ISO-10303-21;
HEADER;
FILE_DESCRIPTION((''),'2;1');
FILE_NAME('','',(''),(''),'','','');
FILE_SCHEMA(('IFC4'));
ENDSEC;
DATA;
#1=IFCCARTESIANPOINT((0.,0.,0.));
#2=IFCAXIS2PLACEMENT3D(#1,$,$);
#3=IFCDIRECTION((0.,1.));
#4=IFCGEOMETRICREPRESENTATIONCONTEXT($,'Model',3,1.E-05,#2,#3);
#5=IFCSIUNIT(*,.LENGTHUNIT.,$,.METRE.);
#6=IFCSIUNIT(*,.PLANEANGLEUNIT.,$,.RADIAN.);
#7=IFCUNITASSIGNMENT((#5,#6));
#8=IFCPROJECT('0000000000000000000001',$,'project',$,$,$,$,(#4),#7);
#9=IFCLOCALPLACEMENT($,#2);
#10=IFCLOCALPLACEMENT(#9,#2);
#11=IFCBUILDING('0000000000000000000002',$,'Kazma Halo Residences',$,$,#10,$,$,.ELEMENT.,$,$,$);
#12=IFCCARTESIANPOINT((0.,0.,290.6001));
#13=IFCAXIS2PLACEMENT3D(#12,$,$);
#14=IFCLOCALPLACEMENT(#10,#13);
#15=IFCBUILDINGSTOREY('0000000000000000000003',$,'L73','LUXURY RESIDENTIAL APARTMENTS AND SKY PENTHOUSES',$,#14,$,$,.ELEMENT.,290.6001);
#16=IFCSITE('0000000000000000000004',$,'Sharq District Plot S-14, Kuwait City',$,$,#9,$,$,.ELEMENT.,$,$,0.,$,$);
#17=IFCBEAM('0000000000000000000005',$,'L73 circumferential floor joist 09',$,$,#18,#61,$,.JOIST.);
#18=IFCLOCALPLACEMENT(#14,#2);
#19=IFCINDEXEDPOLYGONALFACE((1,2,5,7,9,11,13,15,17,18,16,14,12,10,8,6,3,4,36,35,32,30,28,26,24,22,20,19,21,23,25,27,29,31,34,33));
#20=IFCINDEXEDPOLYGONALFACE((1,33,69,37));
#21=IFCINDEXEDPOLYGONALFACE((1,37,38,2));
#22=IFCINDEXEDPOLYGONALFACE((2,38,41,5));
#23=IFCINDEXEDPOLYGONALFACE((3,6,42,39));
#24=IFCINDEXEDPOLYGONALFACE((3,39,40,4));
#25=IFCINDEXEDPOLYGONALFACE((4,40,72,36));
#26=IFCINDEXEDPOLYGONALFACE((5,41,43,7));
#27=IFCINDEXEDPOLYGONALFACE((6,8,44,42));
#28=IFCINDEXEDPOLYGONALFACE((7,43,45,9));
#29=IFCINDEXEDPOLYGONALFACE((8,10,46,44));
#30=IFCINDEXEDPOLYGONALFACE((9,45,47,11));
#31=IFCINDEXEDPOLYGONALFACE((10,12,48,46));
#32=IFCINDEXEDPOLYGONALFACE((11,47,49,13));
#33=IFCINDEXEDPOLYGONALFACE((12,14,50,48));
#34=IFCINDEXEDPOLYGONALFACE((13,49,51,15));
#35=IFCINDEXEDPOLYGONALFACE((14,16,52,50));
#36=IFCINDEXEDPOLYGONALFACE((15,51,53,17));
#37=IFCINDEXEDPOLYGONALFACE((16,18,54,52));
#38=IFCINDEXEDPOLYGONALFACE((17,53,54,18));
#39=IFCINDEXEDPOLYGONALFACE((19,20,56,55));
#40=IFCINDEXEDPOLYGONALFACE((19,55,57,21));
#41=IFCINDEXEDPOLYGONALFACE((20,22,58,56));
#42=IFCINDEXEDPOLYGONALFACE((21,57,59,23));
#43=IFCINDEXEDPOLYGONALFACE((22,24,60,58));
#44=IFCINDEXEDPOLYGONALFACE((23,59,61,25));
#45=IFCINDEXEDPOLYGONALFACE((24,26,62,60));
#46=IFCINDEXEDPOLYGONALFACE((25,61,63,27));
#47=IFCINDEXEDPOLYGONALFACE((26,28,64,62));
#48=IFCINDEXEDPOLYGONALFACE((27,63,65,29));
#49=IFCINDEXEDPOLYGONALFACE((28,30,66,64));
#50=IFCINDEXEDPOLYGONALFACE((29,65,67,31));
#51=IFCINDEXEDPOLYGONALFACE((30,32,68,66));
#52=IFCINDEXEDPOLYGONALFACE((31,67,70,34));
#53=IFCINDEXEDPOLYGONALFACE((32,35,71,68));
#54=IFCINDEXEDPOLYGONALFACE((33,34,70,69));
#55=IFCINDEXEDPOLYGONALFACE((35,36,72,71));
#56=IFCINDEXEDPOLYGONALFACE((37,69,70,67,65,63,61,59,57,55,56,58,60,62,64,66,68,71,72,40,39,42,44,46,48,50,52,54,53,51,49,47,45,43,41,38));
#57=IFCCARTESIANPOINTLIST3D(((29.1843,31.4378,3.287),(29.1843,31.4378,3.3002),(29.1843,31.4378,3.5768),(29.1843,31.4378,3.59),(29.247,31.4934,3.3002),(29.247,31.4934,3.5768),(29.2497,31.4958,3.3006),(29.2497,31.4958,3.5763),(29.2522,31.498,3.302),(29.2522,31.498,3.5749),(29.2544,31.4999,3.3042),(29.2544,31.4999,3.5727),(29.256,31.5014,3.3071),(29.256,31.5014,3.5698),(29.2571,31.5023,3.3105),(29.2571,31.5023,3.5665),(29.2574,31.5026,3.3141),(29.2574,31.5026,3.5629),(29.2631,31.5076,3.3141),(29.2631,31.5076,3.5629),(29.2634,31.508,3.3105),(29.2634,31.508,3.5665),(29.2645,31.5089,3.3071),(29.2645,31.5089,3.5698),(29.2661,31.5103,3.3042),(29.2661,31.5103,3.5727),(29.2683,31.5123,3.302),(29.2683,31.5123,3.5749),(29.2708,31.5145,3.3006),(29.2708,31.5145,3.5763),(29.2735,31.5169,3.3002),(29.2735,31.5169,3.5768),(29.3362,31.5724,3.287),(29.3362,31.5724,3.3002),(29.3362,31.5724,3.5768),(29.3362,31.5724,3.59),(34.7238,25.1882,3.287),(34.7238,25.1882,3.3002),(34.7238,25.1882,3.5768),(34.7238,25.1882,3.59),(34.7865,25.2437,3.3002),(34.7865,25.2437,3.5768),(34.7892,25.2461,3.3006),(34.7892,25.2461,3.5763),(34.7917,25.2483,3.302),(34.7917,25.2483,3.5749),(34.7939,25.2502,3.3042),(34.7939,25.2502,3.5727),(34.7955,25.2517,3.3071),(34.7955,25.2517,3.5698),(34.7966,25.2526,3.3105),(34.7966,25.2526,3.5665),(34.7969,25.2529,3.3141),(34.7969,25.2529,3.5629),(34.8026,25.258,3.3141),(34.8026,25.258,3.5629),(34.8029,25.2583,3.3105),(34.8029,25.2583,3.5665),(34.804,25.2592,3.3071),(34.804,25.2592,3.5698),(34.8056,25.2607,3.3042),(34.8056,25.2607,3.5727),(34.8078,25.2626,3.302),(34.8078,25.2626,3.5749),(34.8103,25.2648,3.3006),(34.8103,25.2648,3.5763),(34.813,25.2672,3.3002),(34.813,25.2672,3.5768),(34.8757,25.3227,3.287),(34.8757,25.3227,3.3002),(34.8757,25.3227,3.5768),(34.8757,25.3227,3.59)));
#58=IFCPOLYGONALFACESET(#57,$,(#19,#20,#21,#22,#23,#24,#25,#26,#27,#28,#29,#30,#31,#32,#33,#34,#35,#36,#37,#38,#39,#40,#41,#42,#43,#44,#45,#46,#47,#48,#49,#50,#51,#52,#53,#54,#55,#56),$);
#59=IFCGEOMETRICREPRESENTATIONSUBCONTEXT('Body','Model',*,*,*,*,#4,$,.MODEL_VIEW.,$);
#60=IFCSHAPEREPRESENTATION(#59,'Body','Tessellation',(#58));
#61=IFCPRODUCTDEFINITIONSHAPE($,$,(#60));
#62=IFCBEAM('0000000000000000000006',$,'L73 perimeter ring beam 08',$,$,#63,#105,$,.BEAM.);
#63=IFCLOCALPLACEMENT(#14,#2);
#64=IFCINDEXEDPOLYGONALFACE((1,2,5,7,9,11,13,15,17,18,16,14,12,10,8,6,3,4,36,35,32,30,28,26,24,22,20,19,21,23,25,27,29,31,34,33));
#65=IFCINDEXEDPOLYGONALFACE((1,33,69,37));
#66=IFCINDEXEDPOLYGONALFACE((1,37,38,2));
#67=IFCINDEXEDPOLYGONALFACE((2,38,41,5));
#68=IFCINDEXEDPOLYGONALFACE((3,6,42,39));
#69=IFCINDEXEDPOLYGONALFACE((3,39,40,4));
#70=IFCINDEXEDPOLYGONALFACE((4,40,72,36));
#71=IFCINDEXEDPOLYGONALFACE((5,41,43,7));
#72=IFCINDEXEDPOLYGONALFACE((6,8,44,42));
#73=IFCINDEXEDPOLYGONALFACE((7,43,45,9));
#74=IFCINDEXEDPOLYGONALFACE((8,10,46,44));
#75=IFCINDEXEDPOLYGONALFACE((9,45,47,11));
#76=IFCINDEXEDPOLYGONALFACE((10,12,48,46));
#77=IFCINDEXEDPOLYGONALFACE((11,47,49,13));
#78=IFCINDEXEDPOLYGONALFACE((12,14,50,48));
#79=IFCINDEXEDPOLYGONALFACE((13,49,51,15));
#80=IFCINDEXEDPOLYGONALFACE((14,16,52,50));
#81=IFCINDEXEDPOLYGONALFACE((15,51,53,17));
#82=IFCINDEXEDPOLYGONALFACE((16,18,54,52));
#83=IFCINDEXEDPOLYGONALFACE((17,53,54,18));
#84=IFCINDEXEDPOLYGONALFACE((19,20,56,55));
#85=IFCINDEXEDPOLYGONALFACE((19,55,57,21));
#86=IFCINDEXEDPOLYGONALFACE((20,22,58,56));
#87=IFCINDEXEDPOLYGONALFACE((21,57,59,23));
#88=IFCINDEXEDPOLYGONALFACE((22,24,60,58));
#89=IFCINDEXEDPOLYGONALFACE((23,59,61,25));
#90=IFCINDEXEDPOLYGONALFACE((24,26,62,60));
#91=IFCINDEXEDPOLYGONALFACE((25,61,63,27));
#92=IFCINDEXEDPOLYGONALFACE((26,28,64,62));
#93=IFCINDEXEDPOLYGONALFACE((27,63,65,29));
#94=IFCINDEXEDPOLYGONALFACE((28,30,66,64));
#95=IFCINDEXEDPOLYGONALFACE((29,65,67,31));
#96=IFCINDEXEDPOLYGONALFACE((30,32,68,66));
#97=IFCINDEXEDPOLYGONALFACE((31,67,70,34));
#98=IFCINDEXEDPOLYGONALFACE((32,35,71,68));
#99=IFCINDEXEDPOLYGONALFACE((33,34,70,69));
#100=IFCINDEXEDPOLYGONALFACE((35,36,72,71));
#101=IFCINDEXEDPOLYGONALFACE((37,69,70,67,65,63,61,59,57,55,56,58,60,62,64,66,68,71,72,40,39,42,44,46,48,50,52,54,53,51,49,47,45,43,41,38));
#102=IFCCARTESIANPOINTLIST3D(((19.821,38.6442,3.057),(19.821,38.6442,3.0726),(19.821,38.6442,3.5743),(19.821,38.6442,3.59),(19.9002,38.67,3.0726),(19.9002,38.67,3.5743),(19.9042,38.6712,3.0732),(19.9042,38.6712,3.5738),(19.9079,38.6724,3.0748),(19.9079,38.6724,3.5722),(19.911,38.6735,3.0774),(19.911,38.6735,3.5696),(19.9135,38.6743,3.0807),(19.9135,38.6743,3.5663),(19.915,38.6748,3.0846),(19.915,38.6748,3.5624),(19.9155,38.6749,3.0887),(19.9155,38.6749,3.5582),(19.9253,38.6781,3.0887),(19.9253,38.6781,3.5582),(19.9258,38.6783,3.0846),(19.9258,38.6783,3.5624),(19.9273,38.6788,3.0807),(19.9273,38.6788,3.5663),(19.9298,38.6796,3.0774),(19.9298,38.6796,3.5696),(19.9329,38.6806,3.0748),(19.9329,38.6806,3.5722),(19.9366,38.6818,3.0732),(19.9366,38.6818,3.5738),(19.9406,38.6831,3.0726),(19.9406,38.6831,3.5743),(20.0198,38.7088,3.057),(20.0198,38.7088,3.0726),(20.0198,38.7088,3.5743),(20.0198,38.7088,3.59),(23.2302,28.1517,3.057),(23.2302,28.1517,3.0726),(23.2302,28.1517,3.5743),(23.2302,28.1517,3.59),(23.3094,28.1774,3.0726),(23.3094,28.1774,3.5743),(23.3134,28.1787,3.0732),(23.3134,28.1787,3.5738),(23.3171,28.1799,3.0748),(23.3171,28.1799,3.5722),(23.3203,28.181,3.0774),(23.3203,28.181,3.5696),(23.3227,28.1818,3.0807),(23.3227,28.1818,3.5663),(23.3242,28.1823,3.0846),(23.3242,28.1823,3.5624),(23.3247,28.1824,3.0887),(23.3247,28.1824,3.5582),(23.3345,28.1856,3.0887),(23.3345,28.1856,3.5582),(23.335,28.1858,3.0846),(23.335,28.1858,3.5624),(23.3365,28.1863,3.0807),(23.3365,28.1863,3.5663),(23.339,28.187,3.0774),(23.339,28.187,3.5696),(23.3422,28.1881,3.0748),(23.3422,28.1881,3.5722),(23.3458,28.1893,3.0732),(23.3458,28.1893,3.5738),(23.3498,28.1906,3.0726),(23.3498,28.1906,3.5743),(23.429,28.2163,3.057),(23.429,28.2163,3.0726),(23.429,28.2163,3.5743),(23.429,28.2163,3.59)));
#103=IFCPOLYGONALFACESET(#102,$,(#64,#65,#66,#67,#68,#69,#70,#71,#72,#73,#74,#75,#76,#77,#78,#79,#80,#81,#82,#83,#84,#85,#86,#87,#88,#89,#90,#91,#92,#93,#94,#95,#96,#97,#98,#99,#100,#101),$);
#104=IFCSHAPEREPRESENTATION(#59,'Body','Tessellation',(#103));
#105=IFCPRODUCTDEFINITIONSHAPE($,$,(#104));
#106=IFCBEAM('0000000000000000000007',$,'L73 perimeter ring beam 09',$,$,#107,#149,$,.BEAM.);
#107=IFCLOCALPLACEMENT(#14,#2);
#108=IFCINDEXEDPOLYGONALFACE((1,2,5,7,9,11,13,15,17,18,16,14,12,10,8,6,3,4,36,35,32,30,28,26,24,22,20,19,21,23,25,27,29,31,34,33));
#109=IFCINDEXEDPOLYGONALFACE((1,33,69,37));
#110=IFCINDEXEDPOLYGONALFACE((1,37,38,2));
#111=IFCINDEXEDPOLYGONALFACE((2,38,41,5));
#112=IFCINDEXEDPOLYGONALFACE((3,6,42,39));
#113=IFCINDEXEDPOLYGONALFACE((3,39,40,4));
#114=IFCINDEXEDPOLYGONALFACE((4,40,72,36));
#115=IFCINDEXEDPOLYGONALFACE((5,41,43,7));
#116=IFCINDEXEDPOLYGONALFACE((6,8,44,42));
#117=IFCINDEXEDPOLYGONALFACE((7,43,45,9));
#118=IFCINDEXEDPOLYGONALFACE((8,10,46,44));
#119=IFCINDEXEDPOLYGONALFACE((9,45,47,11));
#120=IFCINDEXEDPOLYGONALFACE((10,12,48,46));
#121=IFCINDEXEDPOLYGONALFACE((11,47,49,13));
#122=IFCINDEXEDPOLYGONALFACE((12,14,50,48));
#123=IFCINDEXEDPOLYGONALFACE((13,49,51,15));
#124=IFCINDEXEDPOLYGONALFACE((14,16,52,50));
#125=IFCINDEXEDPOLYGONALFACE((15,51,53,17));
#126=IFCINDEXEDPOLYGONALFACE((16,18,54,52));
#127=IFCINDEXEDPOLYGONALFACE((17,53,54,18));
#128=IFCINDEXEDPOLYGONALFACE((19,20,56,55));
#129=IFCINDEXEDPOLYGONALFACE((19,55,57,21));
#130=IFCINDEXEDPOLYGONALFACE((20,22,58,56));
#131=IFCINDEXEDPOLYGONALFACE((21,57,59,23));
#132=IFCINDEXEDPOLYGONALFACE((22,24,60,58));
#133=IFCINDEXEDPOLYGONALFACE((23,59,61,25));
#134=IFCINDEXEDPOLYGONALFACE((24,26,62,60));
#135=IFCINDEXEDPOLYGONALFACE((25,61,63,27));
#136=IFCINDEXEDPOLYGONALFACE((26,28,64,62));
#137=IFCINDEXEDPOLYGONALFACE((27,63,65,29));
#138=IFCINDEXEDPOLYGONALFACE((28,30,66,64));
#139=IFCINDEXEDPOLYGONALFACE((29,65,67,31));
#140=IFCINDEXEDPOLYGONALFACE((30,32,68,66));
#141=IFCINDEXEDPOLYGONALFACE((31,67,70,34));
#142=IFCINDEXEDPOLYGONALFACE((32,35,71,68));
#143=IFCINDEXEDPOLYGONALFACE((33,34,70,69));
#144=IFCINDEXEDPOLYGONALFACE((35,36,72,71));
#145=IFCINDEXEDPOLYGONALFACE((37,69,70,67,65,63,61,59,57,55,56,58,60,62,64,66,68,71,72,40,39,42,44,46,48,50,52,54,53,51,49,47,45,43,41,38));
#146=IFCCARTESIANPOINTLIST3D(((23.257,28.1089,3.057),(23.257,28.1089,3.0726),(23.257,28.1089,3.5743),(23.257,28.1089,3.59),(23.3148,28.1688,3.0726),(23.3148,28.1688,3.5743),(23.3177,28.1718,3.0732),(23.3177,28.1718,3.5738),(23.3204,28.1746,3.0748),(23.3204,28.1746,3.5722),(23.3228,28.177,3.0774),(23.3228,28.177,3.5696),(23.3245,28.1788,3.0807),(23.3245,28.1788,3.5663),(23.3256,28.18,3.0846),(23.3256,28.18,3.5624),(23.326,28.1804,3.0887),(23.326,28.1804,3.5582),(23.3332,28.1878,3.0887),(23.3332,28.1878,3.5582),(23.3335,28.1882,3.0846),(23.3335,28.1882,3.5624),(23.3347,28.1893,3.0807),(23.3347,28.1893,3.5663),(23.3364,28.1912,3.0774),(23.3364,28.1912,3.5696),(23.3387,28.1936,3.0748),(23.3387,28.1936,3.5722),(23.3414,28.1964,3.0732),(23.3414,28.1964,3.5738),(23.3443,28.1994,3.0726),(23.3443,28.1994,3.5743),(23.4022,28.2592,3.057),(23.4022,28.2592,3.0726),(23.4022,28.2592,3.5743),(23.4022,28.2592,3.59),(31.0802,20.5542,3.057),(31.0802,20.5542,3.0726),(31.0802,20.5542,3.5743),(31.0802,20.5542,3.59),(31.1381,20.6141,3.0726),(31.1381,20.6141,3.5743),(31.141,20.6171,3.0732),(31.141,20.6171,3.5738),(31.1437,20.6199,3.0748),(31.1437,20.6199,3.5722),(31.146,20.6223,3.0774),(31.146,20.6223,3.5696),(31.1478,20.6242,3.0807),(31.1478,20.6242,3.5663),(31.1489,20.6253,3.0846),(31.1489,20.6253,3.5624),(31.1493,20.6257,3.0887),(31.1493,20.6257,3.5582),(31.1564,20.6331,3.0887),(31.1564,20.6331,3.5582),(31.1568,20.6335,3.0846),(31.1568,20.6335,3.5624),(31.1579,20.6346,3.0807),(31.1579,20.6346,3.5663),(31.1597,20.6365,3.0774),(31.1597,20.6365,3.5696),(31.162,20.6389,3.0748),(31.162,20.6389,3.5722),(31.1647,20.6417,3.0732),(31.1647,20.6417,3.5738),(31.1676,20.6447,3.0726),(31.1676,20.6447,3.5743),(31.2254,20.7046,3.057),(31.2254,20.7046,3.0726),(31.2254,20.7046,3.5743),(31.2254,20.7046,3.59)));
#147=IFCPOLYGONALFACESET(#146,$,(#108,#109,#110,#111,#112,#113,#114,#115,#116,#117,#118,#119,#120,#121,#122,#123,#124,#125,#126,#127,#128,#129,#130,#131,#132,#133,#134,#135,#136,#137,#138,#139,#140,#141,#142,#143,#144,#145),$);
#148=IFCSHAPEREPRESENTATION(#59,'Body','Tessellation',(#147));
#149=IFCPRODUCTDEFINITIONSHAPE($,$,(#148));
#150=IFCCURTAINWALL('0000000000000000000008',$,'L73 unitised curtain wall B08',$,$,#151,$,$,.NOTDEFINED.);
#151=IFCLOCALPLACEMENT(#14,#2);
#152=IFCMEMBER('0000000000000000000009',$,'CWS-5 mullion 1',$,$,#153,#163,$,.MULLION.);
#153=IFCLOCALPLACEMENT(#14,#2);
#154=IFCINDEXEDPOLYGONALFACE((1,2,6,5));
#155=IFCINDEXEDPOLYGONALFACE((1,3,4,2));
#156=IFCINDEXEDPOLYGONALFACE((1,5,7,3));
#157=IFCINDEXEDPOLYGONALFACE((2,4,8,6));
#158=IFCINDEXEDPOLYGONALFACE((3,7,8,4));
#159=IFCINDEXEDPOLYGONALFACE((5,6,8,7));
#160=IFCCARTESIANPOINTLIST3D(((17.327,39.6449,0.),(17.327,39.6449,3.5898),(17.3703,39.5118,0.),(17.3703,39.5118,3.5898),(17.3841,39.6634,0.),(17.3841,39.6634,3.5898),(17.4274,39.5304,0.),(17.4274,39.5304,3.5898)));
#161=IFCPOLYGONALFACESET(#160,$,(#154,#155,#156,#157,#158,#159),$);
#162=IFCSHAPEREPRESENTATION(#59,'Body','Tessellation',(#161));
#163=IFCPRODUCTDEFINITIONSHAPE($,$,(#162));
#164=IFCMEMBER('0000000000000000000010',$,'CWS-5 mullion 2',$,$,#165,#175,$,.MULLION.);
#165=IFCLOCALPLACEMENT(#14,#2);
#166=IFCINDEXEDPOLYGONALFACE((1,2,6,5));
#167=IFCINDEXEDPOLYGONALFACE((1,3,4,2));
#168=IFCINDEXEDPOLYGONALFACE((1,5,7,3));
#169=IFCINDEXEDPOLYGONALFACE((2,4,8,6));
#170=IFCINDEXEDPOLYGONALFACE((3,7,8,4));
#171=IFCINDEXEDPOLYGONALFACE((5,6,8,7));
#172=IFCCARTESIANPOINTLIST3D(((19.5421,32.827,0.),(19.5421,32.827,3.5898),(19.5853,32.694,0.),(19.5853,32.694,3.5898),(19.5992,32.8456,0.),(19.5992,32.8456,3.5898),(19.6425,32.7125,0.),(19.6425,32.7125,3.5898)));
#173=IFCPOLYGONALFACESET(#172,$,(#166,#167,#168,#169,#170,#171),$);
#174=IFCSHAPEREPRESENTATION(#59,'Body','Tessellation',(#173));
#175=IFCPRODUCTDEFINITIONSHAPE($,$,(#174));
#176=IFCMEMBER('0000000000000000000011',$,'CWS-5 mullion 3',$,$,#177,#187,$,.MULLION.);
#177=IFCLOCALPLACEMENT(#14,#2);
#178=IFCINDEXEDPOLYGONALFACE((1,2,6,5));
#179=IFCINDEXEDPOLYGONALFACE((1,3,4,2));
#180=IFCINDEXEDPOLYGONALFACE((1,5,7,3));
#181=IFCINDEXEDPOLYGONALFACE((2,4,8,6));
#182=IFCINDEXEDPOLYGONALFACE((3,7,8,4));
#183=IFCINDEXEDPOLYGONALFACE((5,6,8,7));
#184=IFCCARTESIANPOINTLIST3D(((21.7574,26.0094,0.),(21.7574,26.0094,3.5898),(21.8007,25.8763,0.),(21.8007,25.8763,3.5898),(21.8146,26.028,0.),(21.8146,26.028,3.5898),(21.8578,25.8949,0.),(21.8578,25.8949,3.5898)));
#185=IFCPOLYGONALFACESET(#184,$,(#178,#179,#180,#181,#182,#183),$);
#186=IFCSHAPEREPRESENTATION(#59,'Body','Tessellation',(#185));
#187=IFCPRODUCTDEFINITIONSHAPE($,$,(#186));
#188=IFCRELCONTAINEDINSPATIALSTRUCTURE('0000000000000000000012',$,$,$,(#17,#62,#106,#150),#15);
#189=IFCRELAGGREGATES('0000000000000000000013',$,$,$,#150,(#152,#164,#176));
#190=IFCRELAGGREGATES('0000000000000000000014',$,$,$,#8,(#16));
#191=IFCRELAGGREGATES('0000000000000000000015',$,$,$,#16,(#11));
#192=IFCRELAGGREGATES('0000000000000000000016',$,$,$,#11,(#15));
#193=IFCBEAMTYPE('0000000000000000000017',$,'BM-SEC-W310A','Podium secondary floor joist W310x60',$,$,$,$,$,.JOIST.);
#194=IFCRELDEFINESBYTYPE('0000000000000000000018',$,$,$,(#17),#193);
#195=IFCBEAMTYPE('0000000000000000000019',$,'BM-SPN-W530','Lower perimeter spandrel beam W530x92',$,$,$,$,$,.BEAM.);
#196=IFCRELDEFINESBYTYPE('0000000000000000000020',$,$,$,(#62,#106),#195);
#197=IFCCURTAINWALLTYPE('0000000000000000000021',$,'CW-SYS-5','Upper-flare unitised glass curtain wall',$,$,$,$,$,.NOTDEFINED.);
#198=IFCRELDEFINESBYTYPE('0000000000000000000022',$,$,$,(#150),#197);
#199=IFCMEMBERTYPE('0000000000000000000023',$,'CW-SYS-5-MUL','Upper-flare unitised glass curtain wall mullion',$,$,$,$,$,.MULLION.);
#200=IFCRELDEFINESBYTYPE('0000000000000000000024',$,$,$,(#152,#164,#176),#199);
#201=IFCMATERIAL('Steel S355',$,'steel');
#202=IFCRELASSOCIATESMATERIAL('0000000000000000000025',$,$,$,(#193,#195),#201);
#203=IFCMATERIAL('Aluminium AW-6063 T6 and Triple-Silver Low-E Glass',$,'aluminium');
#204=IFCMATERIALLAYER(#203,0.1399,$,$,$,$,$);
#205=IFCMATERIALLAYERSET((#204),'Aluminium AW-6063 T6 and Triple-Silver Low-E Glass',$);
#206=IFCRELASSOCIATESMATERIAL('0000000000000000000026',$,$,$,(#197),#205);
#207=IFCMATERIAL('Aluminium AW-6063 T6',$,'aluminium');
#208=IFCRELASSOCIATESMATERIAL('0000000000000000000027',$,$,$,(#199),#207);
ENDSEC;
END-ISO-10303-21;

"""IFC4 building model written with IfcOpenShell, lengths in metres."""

from ifc_helpers import new_model, si_unit, direction, frame, origin, origin_2d, place, context, subcontext, project, spatial, rectangle, i_section, extrude, material, layer, layer_set, material_profile, profile_set, type_object, element, aggregate, save


model = new_model("IFC4")

# Units and contexts
model_context = context("Model", 3, precision=1e-05, world=origin(), true_north=direction((0.0, 1.0)))
body_context = subcontext(model_context, "Body", "Model", "MODEL_VIEW")
ifc_project = project(units=[si_unit("LENGTHUNIT", "METRE"), si_unit("PLANEANGLEUNIT", "RADIAN")], contexts=[model_context])

# Site, building, storey
site_placement = place(None, origin())
site = spatial("IfcSite", under=ifc_project, at=site_placement, Name="Sharq District Plot S-14, Kuwait City", CompositionType="ELEMENT", RefElevation=0.0)
building_placement = place(site_placement, origin())
building = spatial("IfcBuilding", under=site, at=building_placement, Name="Kazma Halo Residences", CompositionType="ELEMENT")
storey_placement = place(building_placement, frame((0.0, 0.0, 290.6001)))
storey = spatial("IfcBuildingStorey", under=building, at=storey_placement, Name="L73", Description="LUXURY RESIDENTIAL APARTMENTS AND SKY PENTHOUSES", CompositionType="ELEMENT", Elevation=290.6001)

# Beams
ifc_material_1 = material(Name="Steel S355", Category="steel")
ifc_material_profile_1 = material_profile(ifc_material_1, i_section(OverallWidth=0.2029, OverallDepth=0.303, WebThickness=0.0076, FlangeThickness=0.0132, FilletRadius=0.0139, at=origin_2d()), Name="W310x60")
ifc_profile_set_1 = profile_set([ifc_material_profile_1], Name="Steel S355")
beam_type_1 = type_object("IfcBeamType", Name="BM-SEC-W310A", Description="Podium secondary floor joist W310x60", PredefinedType="JOIST", material=ifc_profile_set_1)
beam_1_placement = place(storey_placement, frame((29.2603, 31.5051, 3.4385), z_axis=(0.663307, -0.748347, 0.0), x_axis=(0.748347, 0.663307, 0.0)))
element("IfcBeam", 1, at=beam_1_placement, inside=storey, type_object=beam_type_1, Name="L73 circumferential floor joist 09", PredefinedType="JOIST", context=body_context, shape_type="SweptSolid", body=[
    extrude(i_section(OverallWidth=0.2029, OverallDepth=0.303, WebThickness=0.0076, FlangeThickness=0.0132, FilletRadius=0.0139, at=origin_2d()), origin(), (0.0, 0.0, 1.0), 8.3513),
])
ifc_material_profile_2 = material_profile(ifc_material_1, i_section(OverallWidth=0.209, OverallDepth=0.533, WebThickness=0.0103, FlangeThickness=0.0156, FilletRadius=0.0161, at=origin_2d()), Name="W530x92")
ifc_profile_set_2 = profile_set([ifc_material_profile_2], Name="Steel S355")
beam_type_2 = type_object("IfcBeamType", Name="BM-SPN-W530", Description="Lower perimeter spandrel beam W530x92", PredefinedType="BEAM", material=ifc_profile_set_2)
beam_2_placement = place(storey_placement, frame((19.9204, 38.6765, 3.3235), z_axis=(0.309016, -0.951057, 0.0), x_axis=(0.951057, 0.309016, 0.0)))
element("IfcBeam", 2, at=beam_2_placement, inside=storey, type_object=beam_type_2, Name="L73 perimeter ring beam 08", PredefinedType="BEAM", context=body_context, shape_type="SweptSolid", body=[
    extrude(i_section(OverallWidth=0.209, OverallDepth=0.533, WebThickness=0.0103, FlangeThickness=0.0156, FilletRadius=0.0161, at=origin_2d()), origin(), (0.0, 0.0, 1.0), 11.0325),
])
beam_3_placement = place(storey_placement, frame((23.3296, 28.1841, 3.3235), z_axis=(0.719346, -0.694652, 0.0), x_axis=(0.694652, 0.719346, 0.0)))
element("IfcBeam", 3, at=beam_3_placement, inside=storey, type_object=beam_type_2, Name="L73 perimeter ring beam 09", PredefinedType="BEAM", context=body_context, shape_type="SweptSolid", body=[
    extrude(i_section(OverallWidth=0.209, OverallDepth=0.533, WebThickness=0.0103, FlangeThickness=0.0156, FilletRadius=0.0161, at=origin_2d()), origin(), (0.0, 0.0, 1.0), 10.8755),
])

# Curtain wall, members
ifc_material_2 = material(Name="Aluminium AW-6063 T6 and Triple-Silver Low-E Glass", Category="aluminium")
ifc_layer_1 = layer(ifc_material_2, 0.1399)
ifc_layer_set_1 = layer_set([ifc_layer_1], Name="Aluminium AW-6063 T6 and Triple-Silver Low-E Glass")
curtain_wall_type = type_object("IfcCurtainWallType", Name="CW-SYS-5", Description="Upper-flare unitised glass curtain wall", PredefinedType="NOTDEFINED", material=ifc_layer_set_1)
curtain_wall_placement = place(storey_placement, origin())
curtain_wall = element("IfcCurtainWall", 4, at=curtain_wall_placement, inside=storey, type_object=curtain_wall_type, Name="L73 unitised curtain wall B08", PredefinedType="NOTDEFINED")
ifc_material_3 = material(Name="Aluminium AW-6063 T6", Category="aluminium")
ifc_material_profile_3 = material_profile(ifc_material_3, rectangle(XDim=0.0601, YDim=0.1399, at=origin_2d()), Name="CWM-60x140")
ifc_profile_set_3 = profile_set([ifc_material_profile_3], Name="Aluminium AW-6063 T6")
member_type_1 = type_object("IfcMemberType", Name="CW-SYS-5-MUL", Description="Upper-flare unitised glass curtain wall mullion", PredefinedType="MULLION", material=ifc_profile_set_3)
member_1_placement = place(storey_placement, frame((17.3772, 39.5876, 0.0), z_axis=(0.0, 0.0, 1.0), x_axis=(0.951058, 0.309011, 0.0)))
member_1 = element("IfcMember", 5, at=member_1_placement, type_object=member_type_1, Name="CWS-5 mullion 1", PredefinedType="MULLION", context=body_context, shape_type="SweptSolid", body=[
    extrude(rectangle(XDim=0.0601, YDim=0.1399, at=origin_2d()), origin(), (0.0, 0.0, 1.0), 3.5898),
])
member_2_placement = place(storey_placement, frame((19.5923, 32.7698, 0.0), z_axis=(0.0, 0.0, 1.0), x_axis=(0.951058, 0.309011, 0.0)))
member_2 = element("IfcMember", 6, at=member_2_placement, type_object=member_type_1, Name="CWS-5 mullion 2", PredefinedType="MULLION", context=body_context, shape_type="SweptSolid", body=[
    extrude(rectangle(XDim=0.0601, YDim=0.1399, at=origin_2d()), origin(), (0.0, 0.0, 1.0), 3.5898),
])
member_3_placement = place(storey_placement, frame((21.8076, 25.9521, 0.0), z_axis=(0.0, 0.0, 1.0), x_axis=(0.951058, 0.309011, 0.0)))
member_3 = element("IfcMember", 7, at=member_3_placement, type_object=member_type_1, Name="CWS-5 mullion 3", PredefinedType="MULLION", context=body_context, shape_type="SweptSolid", body=[
    extrude(rectangle(XDim=0.0601, YDim=0.1399, at=origin_2d()), origin(), (0.0, 0.0, 1.0), 3.5898),
])
aggregate(curtain_wall, [member_1, member_2, member_3])

save(model, "model.ifc")
